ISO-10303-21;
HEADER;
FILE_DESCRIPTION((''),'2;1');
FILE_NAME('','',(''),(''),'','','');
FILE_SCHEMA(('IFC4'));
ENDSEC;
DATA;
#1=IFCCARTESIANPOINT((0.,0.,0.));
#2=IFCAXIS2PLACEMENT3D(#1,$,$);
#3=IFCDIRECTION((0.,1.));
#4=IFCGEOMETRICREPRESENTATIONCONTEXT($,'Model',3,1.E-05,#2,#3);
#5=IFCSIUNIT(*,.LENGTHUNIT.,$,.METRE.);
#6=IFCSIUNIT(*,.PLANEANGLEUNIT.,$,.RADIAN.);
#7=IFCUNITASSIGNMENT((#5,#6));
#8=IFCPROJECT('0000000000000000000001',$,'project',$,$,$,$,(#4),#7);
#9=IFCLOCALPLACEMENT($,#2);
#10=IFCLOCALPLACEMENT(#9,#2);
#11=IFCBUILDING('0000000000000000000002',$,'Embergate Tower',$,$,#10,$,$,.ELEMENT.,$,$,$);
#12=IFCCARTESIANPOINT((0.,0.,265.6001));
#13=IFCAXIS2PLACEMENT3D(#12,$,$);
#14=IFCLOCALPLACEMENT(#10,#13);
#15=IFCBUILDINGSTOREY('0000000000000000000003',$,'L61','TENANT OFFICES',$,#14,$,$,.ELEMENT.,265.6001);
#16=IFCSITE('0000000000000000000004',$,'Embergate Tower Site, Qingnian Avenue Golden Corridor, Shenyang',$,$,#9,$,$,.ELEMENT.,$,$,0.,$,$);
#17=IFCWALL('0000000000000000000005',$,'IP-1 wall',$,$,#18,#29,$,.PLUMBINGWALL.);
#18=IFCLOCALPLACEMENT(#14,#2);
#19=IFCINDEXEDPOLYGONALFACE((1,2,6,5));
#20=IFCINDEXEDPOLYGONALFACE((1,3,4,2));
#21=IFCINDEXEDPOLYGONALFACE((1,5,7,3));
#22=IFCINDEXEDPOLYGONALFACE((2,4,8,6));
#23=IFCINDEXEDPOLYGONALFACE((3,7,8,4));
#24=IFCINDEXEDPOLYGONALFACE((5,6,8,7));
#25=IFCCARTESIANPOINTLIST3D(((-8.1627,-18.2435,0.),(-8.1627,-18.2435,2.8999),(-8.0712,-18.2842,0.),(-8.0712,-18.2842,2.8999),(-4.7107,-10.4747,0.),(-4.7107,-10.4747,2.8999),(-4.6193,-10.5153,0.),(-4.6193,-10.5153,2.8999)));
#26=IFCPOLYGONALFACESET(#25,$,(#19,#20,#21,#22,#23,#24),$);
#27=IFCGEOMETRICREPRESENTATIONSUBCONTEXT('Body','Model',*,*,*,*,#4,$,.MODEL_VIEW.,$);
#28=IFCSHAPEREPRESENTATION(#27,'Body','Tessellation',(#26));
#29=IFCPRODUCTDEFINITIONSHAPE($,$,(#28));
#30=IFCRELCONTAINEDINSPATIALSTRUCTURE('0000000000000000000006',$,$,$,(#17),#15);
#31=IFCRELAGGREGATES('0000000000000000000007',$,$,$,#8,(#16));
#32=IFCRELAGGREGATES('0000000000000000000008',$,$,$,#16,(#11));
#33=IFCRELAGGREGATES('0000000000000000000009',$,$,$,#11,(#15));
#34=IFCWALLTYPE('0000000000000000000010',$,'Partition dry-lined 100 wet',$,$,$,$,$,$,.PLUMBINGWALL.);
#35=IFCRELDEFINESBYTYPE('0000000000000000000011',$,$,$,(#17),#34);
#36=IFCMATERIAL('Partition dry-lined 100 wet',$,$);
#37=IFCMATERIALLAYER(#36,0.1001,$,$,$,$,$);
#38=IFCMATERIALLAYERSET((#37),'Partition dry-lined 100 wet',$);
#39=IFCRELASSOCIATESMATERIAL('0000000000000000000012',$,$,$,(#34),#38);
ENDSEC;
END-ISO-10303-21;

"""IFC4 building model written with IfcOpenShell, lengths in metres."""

from ifc_helpers import new_model, si_unit, direction, frame, frame_2d, origin, place, context, subcontext, project, spatial, rectangle, extrude, source, transform, mapped, material, layer, layer_set, type_object, element, save


model = new_model("IFC4")

# Units and contexts
model_context = context("Model", 3, precision=1e-05, world=origin(), true_north=direction((0.0, 1.0)))
body_context = subcontext(model_context, "Body", "Model", "MODEL_VIEW")
ifc_project = project(units=[si_unit("LENGTHUNIT", "METRE"), si_unit("PLANEANGLEUNIT", "RADIAN")], contexts=[model_context])

# Site, building, storey
site_placement = place(None, origin())
site = spatial("IfcSite", under=ifc_project, at=site_placement, Name="Embergate Tower Site, Qingnian Avenue Golden Corridor, Shenyang", CompositionType="ELEMENT", RefElevation=0.0)
building_placement = place(site_placement, origin())
building = spatial("IfcBuilding", under=site, at=building_placement, Name="Embergate Tower", CompositionType="ELEMENT")
storey_placement = place(building_placement, frame((0.0, 0.0, 265.6001)))
storey = spatial("IfcBuildingStorey", under=building, at=storey_placement, Name="L61", Description="TENANT OFFICES", CompositionType="ELEMENT", Elevation=265.6001)

# Wall
ifc_material_1 = material(Name="Partition dry-lined 100 wet")
ifc_layer_1 = layer(ifc_material_1, 0.1001)
ifc_layer_set_1 = layer_set([ifc_layer_1], Name="Partition dry-lined 100 wet")
wall_type_1 = type_object("IfcWallType", Name="Partition dry-lined 100 wet", PredefinedType="PLUMBINGWALL", material=ifc_layer_set_1)
shared_shape_1 = source(origin(), body_context, "Body", "SweptSolid", [
    extrude(rectangle(XDim=8.5012, YDim=0.1001, at=frame_2d((4.2505, 0.0))), origin(), (0.0, 0.0, 1.0), 2.8999),
])
wall_1_placement = place(storey_placement, frame((-4.665, -10.4951, 0.0), z_axis=(0.0, 0.0, 1.0), x_axis=(-0.406051, -0.913851, 0.0)))
element("IfcWall", 1, at=wall_1_placement, inside=storey, type_object=wall_type_1, Name="IP-1 wall", PredefinedType="PLUMBINGWALL", context=body_context, shape_type="MappedRepresentation", body=[
    mapped(shared_shape_1, transform((0.0, 0.0, 0.0))),
])

save(model, "model.ifc")
